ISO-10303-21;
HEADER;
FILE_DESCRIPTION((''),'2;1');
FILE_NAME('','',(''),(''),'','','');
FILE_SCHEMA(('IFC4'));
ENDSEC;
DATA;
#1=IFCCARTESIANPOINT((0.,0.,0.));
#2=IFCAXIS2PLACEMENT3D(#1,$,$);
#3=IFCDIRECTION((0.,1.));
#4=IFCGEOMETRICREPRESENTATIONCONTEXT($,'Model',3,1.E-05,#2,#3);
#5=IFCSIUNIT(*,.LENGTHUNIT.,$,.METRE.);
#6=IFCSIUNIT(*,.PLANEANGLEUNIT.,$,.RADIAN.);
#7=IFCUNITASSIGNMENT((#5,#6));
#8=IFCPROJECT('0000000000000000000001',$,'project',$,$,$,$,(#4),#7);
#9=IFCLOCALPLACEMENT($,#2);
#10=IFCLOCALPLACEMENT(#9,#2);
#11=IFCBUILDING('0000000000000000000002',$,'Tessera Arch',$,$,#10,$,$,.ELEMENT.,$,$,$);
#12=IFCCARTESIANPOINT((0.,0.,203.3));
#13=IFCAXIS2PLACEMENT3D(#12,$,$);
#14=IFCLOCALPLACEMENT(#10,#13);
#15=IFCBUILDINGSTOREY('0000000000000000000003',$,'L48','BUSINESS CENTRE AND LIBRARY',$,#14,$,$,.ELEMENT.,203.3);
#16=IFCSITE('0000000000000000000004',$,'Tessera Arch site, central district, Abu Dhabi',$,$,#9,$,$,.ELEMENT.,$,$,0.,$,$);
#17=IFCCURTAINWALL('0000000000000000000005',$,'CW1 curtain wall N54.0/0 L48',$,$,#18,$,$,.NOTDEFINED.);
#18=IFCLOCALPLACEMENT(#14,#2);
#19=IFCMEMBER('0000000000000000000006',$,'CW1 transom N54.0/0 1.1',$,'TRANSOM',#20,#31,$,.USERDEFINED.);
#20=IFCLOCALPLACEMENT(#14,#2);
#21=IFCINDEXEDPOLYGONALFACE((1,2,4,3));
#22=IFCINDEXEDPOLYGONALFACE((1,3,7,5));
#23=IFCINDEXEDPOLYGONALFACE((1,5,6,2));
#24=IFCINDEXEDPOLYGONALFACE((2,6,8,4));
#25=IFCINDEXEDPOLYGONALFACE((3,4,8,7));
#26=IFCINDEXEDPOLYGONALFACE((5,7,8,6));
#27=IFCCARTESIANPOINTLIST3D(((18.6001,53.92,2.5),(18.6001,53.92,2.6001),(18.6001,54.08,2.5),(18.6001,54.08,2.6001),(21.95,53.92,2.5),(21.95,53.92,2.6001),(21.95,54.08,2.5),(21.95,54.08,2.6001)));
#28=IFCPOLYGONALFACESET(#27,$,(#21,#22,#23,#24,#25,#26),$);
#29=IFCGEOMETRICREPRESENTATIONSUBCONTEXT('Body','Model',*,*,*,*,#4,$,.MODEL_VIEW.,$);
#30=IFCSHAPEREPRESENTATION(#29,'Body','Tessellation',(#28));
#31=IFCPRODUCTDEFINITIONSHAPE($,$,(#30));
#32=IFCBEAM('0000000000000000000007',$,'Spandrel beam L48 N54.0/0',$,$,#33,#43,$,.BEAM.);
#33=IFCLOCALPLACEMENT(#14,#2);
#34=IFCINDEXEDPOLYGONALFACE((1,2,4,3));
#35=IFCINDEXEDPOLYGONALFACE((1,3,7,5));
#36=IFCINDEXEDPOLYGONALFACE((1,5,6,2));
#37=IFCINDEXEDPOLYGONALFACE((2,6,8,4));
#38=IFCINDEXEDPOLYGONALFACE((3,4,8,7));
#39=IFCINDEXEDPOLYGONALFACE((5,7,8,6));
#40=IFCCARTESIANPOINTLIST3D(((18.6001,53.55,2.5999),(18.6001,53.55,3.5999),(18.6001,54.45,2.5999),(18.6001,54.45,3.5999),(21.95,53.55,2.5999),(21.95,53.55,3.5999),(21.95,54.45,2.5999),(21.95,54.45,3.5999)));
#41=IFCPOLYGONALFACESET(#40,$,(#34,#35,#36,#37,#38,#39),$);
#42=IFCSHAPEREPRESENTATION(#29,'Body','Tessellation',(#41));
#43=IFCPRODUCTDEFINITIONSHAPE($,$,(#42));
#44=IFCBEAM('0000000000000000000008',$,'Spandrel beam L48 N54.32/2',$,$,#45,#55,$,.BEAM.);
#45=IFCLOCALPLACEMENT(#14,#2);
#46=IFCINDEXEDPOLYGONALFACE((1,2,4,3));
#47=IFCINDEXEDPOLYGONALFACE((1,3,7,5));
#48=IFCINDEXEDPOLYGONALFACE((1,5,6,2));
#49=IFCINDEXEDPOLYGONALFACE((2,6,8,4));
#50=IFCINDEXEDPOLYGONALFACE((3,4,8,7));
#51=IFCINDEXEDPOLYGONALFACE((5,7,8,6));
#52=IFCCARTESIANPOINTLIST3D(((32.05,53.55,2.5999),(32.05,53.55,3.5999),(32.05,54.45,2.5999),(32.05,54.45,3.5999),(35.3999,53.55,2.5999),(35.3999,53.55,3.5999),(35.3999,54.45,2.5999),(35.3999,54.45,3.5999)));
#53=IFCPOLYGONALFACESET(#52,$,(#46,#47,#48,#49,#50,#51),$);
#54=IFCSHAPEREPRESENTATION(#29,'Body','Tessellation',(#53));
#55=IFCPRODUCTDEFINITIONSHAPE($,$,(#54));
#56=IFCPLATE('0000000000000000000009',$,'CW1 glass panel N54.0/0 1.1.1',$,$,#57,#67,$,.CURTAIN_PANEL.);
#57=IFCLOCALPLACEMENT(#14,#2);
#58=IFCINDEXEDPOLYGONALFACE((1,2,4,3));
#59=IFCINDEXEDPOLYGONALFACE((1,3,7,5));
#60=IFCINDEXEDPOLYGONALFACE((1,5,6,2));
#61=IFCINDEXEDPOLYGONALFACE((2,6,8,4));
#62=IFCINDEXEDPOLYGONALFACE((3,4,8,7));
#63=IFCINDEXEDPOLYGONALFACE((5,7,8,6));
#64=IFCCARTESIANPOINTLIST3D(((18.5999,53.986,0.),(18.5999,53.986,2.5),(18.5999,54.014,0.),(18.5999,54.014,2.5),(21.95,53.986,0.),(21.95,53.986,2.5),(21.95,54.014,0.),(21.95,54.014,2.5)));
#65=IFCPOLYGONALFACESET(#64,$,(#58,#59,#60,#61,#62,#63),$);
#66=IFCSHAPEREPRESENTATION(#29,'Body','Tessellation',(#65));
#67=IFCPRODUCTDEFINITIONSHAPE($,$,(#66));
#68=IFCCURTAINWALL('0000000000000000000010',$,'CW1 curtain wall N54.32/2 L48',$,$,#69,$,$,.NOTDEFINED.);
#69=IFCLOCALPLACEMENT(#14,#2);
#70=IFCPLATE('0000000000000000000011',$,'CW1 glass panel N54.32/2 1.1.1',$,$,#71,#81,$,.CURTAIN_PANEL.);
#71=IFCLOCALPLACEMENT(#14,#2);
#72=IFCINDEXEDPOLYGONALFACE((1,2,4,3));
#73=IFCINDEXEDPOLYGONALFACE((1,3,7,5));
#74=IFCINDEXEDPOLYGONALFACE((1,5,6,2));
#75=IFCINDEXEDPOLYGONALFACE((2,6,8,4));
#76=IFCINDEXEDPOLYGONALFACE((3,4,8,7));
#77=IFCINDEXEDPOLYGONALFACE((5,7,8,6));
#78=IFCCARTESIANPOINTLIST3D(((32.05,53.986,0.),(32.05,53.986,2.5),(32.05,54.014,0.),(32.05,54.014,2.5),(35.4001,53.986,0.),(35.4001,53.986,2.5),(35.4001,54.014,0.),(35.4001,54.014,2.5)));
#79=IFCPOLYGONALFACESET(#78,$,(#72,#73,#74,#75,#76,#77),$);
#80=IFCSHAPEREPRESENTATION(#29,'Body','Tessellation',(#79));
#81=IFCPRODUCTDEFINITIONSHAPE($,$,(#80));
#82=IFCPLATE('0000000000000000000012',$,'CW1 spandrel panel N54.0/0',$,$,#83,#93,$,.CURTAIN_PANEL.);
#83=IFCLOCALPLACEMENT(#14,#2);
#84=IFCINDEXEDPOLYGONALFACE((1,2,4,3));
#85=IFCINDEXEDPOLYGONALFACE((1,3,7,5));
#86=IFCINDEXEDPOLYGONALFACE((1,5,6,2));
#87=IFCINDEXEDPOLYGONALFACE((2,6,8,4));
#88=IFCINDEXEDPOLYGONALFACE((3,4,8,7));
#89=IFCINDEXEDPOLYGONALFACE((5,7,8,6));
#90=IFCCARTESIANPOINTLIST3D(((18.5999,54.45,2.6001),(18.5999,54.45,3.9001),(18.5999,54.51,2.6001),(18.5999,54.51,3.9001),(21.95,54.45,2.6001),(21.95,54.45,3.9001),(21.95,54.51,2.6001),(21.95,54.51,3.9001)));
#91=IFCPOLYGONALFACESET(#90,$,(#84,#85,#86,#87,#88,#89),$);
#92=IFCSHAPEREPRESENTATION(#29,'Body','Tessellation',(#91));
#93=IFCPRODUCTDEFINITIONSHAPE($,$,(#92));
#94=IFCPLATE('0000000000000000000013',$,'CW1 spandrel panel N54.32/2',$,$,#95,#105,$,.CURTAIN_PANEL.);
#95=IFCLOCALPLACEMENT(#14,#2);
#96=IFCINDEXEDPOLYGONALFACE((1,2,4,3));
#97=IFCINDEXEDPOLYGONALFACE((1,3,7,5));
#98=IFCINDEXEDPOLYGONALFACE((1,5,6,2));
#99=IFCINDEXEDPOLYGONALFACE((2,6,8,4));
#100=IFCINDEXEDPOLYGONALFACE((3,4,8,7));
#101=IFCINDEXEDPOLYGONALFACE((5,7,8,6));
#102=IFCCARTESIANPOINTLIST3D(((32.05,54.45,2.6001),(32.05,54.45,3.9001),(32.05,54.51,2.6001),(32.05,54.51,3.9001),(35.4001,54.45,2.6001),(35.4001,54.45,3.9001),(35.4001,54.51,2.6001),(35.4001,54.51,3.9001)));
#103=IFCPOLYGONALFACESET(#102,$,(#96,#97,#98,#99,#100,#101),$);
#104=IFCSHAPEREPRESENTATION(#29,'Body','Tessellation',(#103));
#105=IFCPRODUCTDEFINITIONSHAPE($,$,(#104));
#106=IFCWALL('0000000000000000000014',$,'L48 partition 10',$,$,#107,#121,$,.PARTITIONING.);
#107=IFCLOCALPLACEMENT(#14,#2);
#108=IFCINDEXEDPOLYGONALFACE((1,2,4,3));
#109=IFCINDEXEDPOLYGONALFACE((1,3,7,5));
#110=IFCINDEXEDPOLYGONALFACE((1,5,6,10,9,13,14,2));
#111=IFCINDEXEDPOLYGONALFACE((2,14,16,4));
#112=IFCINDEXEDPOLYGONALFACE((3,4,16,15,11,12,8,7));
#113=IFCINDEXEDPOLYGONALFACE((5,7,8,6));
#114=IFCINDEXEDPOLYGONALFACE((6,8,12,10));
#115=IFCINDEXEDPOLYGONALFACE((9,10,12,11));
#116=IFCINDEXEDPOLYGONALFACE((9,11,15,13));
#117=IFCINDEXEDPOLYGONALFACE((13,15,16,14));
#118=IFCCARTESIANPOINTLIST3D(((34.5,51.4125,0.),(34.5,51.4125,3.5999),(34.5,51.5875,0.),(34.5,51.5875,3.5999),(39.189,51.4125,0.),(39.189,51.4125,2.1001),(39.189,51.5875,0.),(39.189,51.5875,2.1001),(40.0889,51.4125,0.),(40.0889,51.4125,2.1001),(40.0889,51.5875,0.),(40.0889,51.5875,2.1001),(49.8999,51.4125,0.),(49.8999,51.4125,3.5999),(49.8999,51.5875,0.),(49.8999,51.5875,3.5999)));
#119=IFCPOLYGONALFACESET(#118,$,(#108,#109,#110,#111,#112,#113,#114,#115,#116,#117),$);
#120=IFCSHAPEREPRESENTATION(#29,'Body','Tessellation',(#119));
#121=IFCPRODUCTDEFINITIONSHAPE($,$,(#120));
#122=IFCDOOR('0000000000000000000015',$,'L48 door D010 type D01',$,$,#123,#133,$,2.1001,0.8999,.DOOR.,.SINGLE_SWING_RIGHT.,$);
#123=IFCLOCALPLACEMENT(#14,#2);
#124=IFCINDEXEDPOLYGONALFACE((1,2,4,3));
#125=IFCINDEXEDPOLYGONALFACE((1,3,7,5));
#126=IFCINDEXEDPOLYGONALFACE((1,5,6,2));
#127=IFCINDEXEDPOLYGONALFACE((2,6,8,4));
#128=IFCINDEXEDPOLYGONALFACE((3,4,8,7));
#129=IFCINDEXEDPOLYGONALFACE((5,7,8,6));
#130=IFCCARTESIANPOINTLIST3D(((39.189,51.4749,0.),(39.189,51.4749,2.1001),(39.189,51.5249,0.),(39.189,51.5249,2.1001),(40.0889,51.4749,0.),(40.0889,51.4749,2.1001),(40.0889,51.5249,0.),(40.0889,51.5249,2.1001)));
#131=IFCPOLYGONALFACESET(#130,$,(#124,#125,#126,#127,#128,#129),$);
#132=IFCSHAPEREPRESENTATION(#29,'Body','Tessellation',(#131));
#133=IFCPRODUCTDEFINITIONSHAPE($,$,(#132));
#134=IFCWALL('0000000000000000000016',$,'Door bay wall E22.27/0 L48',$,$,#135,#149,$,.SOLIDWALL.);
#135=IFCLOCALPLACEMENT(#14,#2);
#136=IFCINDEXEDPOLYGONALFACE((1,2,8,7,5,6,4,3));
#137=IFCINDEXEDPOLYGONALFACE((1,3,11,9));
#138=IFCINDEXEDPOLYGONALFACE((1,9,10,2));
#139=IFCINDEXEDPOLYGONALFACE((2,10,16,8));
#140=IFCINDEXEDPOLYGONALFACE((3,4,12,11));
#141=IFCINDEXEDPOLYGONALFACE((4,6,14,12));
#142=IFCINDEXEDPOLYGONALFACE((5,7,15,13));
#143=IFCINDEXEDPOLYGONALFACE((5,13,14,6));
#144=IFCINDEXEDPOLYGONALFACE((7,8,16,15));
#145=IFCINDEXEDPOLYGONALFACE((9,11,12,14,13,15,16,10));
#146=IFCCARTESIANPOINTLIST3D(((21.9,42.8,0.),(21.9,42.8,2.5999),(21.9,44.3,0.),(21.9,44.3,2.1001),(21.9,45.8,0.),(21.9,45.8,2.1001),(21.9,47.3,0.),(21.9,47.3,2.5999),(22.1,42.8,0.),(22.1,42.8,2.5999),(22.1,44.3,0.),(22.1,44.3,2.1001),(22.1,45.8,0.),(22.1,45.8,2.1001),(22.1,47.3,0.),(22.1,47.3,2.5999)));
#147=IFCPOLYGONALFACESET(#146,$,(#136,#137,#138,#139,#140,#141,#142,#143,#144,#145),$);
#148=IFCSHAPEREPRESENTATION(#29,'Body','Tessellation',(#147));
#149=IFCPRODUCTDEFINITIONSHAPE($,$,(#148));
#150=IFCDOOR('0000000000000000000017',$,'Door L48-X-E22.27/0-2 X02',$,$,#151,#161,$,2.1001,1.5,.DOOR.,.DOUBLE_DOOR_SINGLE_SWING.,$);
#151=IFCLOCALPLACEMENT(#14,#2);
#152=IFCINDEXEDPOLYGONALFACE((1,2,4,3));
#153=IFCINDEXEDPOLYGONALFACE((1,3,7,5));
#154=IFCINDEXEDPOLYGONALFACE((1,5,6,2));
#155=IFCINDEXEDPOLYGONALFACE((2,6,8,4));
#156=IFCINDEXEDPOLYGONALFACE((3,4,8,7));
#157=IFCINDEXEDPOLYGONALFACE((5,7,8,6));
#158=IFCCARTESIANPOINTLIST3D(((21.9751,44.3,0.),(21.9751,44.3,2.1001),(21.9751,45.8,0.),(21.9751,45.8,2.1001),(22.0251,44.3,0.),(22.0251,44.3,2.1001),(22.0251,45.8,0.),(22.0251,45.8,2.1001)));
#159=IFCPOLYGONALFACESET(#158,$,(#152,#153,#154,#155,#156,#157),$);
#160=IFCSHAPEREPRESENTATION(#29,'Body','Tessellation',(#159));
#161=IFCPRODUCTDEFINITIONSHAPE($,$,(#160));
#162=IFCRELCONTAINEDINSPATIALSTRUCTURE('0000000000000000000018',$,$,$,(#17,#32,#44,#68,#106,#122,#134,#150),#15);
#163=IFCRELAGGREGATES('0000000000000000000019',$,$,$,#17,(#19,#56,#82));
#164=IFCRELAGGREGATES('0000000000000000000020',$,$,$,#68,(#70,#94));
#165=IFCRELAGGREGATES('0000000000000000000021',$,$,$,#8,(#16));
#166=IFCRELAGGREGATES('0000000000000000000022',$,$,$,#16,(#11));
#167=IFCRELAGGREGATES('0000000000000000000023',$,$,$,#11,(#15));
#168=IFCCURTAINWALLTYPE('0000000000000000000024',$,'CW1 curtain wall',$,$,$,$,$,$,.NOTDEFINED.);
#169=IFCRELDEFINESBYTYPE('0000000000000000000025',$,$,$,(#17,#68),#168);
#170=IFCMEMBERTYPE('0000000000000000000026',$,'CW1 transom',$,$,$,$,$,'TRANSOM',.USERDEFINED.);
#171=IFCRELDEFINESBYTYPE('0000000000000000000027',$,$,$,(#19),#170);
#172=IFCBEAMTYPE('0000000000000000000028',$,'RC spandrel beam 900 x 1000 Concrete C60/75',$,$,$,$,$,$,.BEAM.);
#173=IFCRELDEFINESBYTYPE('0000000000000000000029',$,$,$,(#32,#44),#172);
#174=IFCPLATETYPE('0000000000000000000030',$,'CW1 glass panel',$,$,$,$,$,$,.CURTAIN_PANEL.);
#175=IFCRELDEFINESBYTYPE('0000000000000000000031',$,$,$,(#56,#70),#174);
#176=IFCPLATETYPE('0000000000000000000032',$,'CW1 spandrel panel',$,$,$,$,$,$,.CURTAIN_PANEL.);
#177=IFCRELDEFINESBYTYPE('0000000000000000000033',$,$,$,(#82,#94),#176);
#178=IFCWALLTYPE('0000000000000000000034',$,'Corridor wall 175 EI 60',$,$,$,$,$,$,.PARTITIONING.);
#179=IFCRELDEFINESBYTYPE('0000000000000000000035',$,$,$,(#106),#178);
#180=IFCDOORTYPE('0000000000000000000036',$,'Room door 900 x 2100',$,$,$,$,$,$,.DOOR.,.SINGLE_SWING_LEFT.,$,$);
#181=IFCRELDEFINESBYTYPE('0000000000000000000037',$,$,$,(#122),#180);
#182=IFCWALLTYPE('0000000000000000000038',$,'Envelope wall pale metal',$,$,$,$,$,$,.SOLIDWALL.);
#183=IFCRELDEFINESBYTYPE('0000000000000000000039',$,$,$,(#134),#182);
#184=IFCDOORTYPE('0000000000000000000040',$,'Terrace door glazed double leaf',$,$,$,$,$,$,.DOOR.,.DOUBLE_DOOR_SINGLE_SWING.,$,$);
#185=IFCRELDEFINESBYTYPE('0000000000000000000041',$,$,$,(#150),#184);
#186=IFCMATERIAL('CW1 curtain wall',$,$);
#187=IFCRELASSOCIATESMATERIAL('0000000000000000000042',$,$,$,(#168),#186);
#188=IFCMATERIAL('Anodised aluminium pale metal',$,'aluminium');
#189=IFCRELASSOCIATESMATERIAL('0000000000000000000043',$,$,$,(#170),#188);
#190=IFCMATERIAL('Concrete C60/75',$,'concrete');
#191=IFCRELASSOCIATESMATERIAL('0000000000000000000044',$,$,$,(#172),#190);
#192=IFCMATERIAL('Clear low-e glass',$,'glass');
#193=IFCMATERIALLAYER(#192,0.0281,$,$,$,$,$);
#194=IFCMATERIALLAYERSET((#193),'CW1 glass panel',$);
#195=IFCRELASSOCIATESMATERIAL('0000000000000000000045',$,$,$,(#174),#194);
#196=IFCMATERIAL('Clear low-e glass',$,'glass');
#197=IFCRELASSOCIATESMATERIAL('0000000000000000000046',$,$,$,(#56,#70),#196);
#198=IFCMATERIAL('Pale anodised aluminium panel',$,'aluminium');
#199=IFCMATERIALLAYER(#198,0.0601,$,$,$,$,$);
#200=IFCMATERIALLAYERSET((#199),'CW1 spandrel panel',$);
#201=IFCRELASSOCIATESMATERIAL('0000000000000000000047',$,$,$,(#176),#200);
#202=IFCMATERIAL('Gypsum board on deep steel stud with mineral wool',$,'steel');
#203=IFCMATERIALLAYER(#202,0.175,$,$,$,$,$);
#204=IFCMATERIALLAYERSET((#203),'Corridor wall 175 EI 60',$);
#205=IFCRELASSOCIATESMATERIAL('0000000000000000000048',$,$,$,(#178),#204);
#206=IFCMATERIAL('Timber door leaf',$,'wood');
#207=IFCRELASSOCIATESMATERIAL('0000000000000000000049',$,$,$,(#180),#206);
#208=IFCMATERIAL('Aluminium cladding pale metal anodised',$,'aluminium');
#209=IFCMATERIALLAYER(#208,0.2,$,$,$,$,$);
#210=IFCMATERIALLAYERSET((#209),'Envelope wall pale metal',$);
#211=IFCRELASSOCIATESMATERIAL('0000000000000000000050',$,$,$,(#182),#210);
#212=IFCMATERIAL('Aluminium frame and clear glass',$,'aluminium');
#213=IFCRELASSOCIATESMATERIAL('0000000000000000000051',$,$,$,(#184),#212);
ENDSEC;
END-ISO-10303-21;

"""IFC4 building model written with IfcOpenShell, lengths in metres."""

from ifc_helpers import new_model, si_unit, direction, frame, frame_2d, origin, origin_2d, place, context, subcontext, project, spatial, rectangle, extrude, material, layer, layer_set, material_profile, profile_set, type_object, element, fill, aggregate, save


model = new_model("IFC4")

# Units and contexts
model_context = context("Model", 3, precision=1e-05, world=origin(), true_north=direction((0.0, 1.0)))
body_context = subcontext(model_context, "Body", "Model", "MODEL_VIEW")
ifc_project = project(units=[si_unit("LENGTHUNIT", "METRE"), si_unit("PLANEANGLEUNIT", "RADIAN")], contexts=[model_context])

# Site, building, storey
site_placement = place(None, origin())
site = spatial("IfcSite", under=ifc_project, at=site_placement, Name="Tessera Arch site, central district, Abu Dhabi", CompositionType="ELEMENT", RefElevation=0.0)
building_placement = place(site_placement, origin())
building = spatial("IfcBuilding", under=site, at=building_placement, Name="Tessera Arch", CompositionType="ELEMENT")
storey_placement = place(building_placement, frame((0.0, 0.0, 203.3)))
storey = spatial("IfcBuildingStorey", under=building, at=storey_placement, Name="L48", Description="BUSINESS CENTRE AND LIBRARY", CompositionType="ELEMENT", Elevation=203.3)

# Curtain wall, member
ifc_material_1 = material(Name="CW1 curtain wall")
curtain_wall_type = type_object("IfcCurtainWallType", Name="CW1 curtain wall", PredefinedType="NOTDEFINED", material=ifc_material_1)
curtain_wall_1_placement = place(storey_placement, origin())
curtain_wall_1 = element("IfcCurtainWall", 1, at=curtain_wall_1_placement, inside=storey, type_object=curtain_wall_type, Name="CW1 curtain wall N54.0/0 L48", PredefinedType="NOTDEFINED")
ifc_material_2 = material(Name="Anodised aluminium pale metal", Category="aluminium")
ifc_material_profile_1 = material_profile(ifc_material_2, rectangle(XDim=0.1599, YDim=0.1001, at=origin_2d()), Name="AL 160x100")
ifc_profile_set_1 = profile_set([ifc_material_profile_1], Name="Anodised aluminium pale metal")
member_type = type_object("IfcMemberType", Name="CW1 transom", ElementType="TRANSOM", PredefinedType="USERDEFINED", material=ifc_profile_set_1)
member_placement = place(storey_placement, frame((21.95, 54.0, 2.55), z_axis=(-1.0, 0.0, 0.0), x_axis=(0.0, -1.0, 0.0)))
member = element("IfcMember", 2, at=member_placement, type_object=member_type, Name="CW1 transom N54.0/0 1.1", ObjectType="TRANSOM", PredefinedType="USERDEFINED", context=body_context, shape_type="SweptSolid", body=[
    extrude(rectangle(XDim=0.1599, YDim=0.1001, at=origin_2d()), origin(), (0.0, 0.0, 1.0), 3.3499),
])

# Beams
ifc_material_3 = material(Name="Concrete C60/75", Category="concrete")
ifc_material_profile_2 = material_profile(ifc_material_3, rectangle(XDim=0.8999, YDim=1.0, at=origin_2d()), Name="RC spandrel beam 900 x 1000 Concrete C60/75")
ifc_profile_set_2 = profile_set([ifc_material_profile_2], Name="Concrete C60/75")
beam_type = type_object("IfcBeamType", Name="RC spandrel beam 900 x 1000 Concrete C60/75", PredefinedType="BEAM", material=ifc_profile_set_2)
for number, where, z_axis, x_axis, name in (
    (3, (21.95, 54.0, 3.0999), (-1.0, 0.0, 0.0), (0.0, -1.0, 0.0), "Spandrel beam L48 N54.0/0"),
    (4, (35.3999, 54.0, 3.0999), (-1.0, 0.0, 0.0), (0.0, -1.0, 0.0), "Spandrel beam L48 N54.32/2"),
):
    element("IfcBeam", number, at=place(storey_placement, frame(where, z_axis=z_axis, x_axis=x_axis)), inside=storey, type_object=beam_type, Name=name, PredefinedType="BEAM", context=body_context, shape_type="SweptSolid", body=[
        extrude(rectangle(XDim=0.8999, YDim=1.0, at=origin_2d()), origin(), (0.0, 0.0, 1.0), 3.3499),
    ])

# Plate
ifc_material_4 = material(Name="Clear low-e glass", Category="glass")
ifc_material_5 = material(Name="Clear low-e glass", Category="glass")
ifc_layer_1 = layer(ifc_material_5, 0.0281)
ifc_layer_set_1 = layer_set([ifc_layer_1], Name="CW1 glass panel")
plate_type_1 = type_object("IfcPlateType", Name="CW1 glass panel", PredefinedType="CURTAIN_PANEL", material=ifc_layer_set_1)
plate_1_placement = place(storey_placement, frame((20.2749, 54.0, 0.0), z_axis=(0.0, 0.0, 1.0), x_axis=(-1.0, 0.0, 0.0)))
plate_1 = element("IfcPlate", 5, at=plate_1_placement, type_object=plate_type_1, material=ifc_material_4, Name="CW1 glass panel N54.0/0 1.1.1", PredefinedType="CURTAIN_PANEL", context=body_context, shape_type="SweptSolid", body=[
    extrude(rectangle(XDim=3.3501, YDim=0.0281, at=origin_2d()), origin(), (0.0, 0.0, 1.0), 2.5),
])

# Curtain wall, plate
curtain_wall_2_placement = place(storey_placement, origin())
curtain_wall_2 = element("IfcCurtainWall", 6, at=curtain_wall_2_placement, inside=storey, type_object=curtain_wall_type, Name="CW1 curtain wall N54.32/2 L48", PredefinedType="NOTDEFINED")
plate_2_placement = place(storey_placement, frame((33.7251, 54.0, 0.0), z_axis=(0.0, 0.0, 1.0), x_axis=(-1.0, 0.0, 0.0)))
plate_2 = element("IfcPlate", 7, at=plate_2_placement, type_object=plate_type_1, material=ifc_material_4, Name="CW1 glass panel N54.32/2 1.1.1", PredefinedType="CURTAIN_PANEL", context=body_context, shape_type="SweptSolid", body=[
    extrude(rectangle(XDim=3.3501, YDim=0.0281, at=origin_2d()), origin(), (0.0, 0.0, 1.0), 2.5),
])

# Plates
ifc_material_6 = material(Name="Pale anodised aluminium panel", Category="aluminium")
ifc_layer_2 = layer(ifc_material_6, 0.0601)
ifc_layer_set_2 = layer_set([ifc_layer_2], Name="CW1 spandrel panel")
plate_type_2 = type_object("IfcPlateType", Name="CW1 spandrel panel", PredefinedType="CURTAIN_PANEL", material=ifc_layer_set_2)
plate_3_placement = place(storey_placement, frame((20.2749, 54.48, 2.6001), z_axis=(0.0, 0.0, 1.0), x_axis=(-1.0, 0.0, 0.0)))
plate_3 = element("IfcPlate", 8, at=plate_3_placement, type_object=plate_type_2, Name="CW1 spandrel panel N54.0/0", PredefinedType="CURTAIN_PANEL", context=body_context, shape_type="SweptSolid", body=[
    extrude(rectangle(XDim=3.3501, YDim=0.0601, at=origin_2d()), origin(), (0.0, 0.0, 1.0), 1.3),
])
aggregate(curtain_wall_1, [member, plate_1, plate_3])
plate_4_placement = place(storey_placement, frame((33.7251, 54.48, 2.6001), z_axis=(0.0, 0.0, 1.0), x_axis=(-1.0, 0.0, 0.0)))
plate_4 = element("IfcPlate", 9, at=plate_4_placement, type_object=plate_type_2, Name="CW1 spandrel panel N54.32/2", PredefinedType="CURTAIN_PANEL", context=body_context, shape_type="SweptSolid", body=[
    extrude(rectangle(XDim=3.3501, YDim=0.0601, at=origin_2d()), origin(), (0.0, 0.0, 1.0), 1.3),
])
aggregate(curtain_wall_2, [plate_2, plate_4])

# Walls, openings, doors
ifc_material_7 = material(Name="Gypsum board on deep steel stud with mineral wool", Category="steel")
ifc_layer_3 = layer(ifc_material_7, 0.175)
ifc_layer_set_3 = layer_set([ifc_layer_3], Name="Corridor wall 175 EI 60")
wall_type_1 = type_object("IfcWallType", Name="Corridor wall 175 EI 60", PredefinedType="PARTITIONING", material=ifc_layer_set_3)
wall_1_placement = place(storey_placement, frame((34.5, 51.5, 0.0), z_axis=(0.0, 0.0, 1.0), x_axis=(1.0, 0.0, 0.0)))
wall_1 = element("IfcWall", 10, at=wall_1_placement, inside=storey, type_object=wall_type_1, Name="L48 partition 10", PredefinedType="PARTITIONING", context=body_context, shape_type="SweptSolid", body=[
    extrude(rectangle(XDim=15.3999, YDim=0.175, at=frame_2d((7.7, 0.0))), origin(), (0.0, 0.0, 1.0), 3.5999),
])
opening_1_placement = place(wall_1_placement, frame((4.689, 0.0, 0.0)))
opening_1 = element("IfcOpeningElement", 11, at=opening_1_placement, cuts=wall_1, PredefinedType="OPENING", context=body_context, shape_type="SweptSolid", body=[
    extrude(rectangle(XDim=0.8999, YDim=2.1001, at=frame_2d((0.45, 1.05))), frame((0.0, 0.0974, 0.0), z_axis=(0.0, -1.0, 0.0), x_axis=(1.0, 0.0, 0.0)), (0.0, 0.0, 1.0), 0.1951),
])
ifc_material_8 = material(Name="Timber door leaf", Category="wood")
door_type_1 = type_object("IfcDoorType", Name="Room door 900 x 2100", OperationType="SINGLE_SWING_LEFT", PredefinedType="DOOR", material=ifc_material_8)
door_1_placement = place(opening_1_placement, origin())
door_1 = element("IfcDoor", 12, at=door_1_placement, inside=storey, type_object=door_type_1, Name="L48 door D010 type D01", OperationType="SINGLE_SWING_RIGHT", OverallHeight=2.1001, OverallWidth=0.8999, PredefinedType="DOOR", context=body_context, shape_type="SweptSolid", body=[
    extrude(rectangle(XDim=0.8999, YDim=2.1001, at=frame_2d((0.45, 1.05))), frame((0.0, 0.0249, 0.0), z_axis=(0.0, -1.0, 0.0), x_axis=(1.0, 0.0, 0.0)), (0.0, 0.0, 1.0), 0.05),
])
fill(opening_1, door_1)
ifc_material_9 = material(Name="Aluminium cladding pale metal anodised", Category="aluminium")
ifc_layer_4 = layer(ifc_material_9, 0.2)
ifc_layer_set_4 = layer_set([ifc_layer_4], Name="Envelope wall pale metal")
wall_type_2 = type_object("IfcWallType", Name="Envelope wall pale metal", PredefinedType="SOLIDWALL", material=ifc_layer_set_4)
wall_2_placement = place(storey_placement, frame((22.0, 42.8, 0.0), z_axis=(0.0, 0.0, 1.0), x_axis=(0.0, 1.0, 0.0)))
wall_2 = element("IfcWall", 13, at=wall_2_placement, inside=storey, type_object=wall_type_2, Name="Door bay wall E22.27/0 L48", PredefinedType="SOLIDWALL", context=body_context, shape_type="SweptSolid", body=[
    extrude(rectangle(XDim=4.5, YDim=0.2, at=frame_2d((2.25, 0.0))), origin(), (0.0, 0.0, 1.0), 2.5999),
])
opening_2_placement = place(wall_2_placement, frame((1.5, 0.0, 0.0)))
opening_2 = element("IfcOpeningElement", 14, at=opening_2_placement, cuts=wall_2, PredefinedType="OPENING", context=body_context, shape_type="SweptSolid", body=[
    extrude(rectangle(XDim=1.5, YDim=2.1001, at=frame_2d((0.75, 1.05))), frame((0.0, 0.1099, 0.0), z_axis=(0.0, -1.0, 0.0), x_axis=(1.0, 0.0, 0.0)), (0.0, 0.0, 1.0), 0.22),
])
ifc_material_10 = material(Name="Aluminium frame and clear glass", Category="aluminium")
door_type_2 = type_object("IfcDoorType", Name="Terrace door glazed double leaf", OperationType="DOUBLE_DOOR_SINGLE_SWING", PredefinedType="DOOR", material=ifc_material_10)
door_2_placement = place(opening_2_placement, origin())
door_2 = element("IfcDoor", 15, at=door_2_placement, inside=storey, type_object=door_type_2, Name="Door L48-X-E22.27/0-2 X02", OperationType="DOUBLE_DOOR_SINGLE_SWING", OverallHeight=2.1001, OverallWidth=1.5, PredefinedType="DOOR", context=body_context, shape_type="SweptSolid", body=[
    extrude(rectangle(XDim=1.5, YDim=2.1001, at=frame_2d((0.75, 1.05))), frame((0.0, 0.0249, 0.0), z_axis=(0.0, -1.0, 0.0), x_axis=(1.0, 0.0, 0.0)), (0.0, 0.0, 1.0), 0.05),
])
fill(opening_2, door_2)

save(model, "model.ifc")
